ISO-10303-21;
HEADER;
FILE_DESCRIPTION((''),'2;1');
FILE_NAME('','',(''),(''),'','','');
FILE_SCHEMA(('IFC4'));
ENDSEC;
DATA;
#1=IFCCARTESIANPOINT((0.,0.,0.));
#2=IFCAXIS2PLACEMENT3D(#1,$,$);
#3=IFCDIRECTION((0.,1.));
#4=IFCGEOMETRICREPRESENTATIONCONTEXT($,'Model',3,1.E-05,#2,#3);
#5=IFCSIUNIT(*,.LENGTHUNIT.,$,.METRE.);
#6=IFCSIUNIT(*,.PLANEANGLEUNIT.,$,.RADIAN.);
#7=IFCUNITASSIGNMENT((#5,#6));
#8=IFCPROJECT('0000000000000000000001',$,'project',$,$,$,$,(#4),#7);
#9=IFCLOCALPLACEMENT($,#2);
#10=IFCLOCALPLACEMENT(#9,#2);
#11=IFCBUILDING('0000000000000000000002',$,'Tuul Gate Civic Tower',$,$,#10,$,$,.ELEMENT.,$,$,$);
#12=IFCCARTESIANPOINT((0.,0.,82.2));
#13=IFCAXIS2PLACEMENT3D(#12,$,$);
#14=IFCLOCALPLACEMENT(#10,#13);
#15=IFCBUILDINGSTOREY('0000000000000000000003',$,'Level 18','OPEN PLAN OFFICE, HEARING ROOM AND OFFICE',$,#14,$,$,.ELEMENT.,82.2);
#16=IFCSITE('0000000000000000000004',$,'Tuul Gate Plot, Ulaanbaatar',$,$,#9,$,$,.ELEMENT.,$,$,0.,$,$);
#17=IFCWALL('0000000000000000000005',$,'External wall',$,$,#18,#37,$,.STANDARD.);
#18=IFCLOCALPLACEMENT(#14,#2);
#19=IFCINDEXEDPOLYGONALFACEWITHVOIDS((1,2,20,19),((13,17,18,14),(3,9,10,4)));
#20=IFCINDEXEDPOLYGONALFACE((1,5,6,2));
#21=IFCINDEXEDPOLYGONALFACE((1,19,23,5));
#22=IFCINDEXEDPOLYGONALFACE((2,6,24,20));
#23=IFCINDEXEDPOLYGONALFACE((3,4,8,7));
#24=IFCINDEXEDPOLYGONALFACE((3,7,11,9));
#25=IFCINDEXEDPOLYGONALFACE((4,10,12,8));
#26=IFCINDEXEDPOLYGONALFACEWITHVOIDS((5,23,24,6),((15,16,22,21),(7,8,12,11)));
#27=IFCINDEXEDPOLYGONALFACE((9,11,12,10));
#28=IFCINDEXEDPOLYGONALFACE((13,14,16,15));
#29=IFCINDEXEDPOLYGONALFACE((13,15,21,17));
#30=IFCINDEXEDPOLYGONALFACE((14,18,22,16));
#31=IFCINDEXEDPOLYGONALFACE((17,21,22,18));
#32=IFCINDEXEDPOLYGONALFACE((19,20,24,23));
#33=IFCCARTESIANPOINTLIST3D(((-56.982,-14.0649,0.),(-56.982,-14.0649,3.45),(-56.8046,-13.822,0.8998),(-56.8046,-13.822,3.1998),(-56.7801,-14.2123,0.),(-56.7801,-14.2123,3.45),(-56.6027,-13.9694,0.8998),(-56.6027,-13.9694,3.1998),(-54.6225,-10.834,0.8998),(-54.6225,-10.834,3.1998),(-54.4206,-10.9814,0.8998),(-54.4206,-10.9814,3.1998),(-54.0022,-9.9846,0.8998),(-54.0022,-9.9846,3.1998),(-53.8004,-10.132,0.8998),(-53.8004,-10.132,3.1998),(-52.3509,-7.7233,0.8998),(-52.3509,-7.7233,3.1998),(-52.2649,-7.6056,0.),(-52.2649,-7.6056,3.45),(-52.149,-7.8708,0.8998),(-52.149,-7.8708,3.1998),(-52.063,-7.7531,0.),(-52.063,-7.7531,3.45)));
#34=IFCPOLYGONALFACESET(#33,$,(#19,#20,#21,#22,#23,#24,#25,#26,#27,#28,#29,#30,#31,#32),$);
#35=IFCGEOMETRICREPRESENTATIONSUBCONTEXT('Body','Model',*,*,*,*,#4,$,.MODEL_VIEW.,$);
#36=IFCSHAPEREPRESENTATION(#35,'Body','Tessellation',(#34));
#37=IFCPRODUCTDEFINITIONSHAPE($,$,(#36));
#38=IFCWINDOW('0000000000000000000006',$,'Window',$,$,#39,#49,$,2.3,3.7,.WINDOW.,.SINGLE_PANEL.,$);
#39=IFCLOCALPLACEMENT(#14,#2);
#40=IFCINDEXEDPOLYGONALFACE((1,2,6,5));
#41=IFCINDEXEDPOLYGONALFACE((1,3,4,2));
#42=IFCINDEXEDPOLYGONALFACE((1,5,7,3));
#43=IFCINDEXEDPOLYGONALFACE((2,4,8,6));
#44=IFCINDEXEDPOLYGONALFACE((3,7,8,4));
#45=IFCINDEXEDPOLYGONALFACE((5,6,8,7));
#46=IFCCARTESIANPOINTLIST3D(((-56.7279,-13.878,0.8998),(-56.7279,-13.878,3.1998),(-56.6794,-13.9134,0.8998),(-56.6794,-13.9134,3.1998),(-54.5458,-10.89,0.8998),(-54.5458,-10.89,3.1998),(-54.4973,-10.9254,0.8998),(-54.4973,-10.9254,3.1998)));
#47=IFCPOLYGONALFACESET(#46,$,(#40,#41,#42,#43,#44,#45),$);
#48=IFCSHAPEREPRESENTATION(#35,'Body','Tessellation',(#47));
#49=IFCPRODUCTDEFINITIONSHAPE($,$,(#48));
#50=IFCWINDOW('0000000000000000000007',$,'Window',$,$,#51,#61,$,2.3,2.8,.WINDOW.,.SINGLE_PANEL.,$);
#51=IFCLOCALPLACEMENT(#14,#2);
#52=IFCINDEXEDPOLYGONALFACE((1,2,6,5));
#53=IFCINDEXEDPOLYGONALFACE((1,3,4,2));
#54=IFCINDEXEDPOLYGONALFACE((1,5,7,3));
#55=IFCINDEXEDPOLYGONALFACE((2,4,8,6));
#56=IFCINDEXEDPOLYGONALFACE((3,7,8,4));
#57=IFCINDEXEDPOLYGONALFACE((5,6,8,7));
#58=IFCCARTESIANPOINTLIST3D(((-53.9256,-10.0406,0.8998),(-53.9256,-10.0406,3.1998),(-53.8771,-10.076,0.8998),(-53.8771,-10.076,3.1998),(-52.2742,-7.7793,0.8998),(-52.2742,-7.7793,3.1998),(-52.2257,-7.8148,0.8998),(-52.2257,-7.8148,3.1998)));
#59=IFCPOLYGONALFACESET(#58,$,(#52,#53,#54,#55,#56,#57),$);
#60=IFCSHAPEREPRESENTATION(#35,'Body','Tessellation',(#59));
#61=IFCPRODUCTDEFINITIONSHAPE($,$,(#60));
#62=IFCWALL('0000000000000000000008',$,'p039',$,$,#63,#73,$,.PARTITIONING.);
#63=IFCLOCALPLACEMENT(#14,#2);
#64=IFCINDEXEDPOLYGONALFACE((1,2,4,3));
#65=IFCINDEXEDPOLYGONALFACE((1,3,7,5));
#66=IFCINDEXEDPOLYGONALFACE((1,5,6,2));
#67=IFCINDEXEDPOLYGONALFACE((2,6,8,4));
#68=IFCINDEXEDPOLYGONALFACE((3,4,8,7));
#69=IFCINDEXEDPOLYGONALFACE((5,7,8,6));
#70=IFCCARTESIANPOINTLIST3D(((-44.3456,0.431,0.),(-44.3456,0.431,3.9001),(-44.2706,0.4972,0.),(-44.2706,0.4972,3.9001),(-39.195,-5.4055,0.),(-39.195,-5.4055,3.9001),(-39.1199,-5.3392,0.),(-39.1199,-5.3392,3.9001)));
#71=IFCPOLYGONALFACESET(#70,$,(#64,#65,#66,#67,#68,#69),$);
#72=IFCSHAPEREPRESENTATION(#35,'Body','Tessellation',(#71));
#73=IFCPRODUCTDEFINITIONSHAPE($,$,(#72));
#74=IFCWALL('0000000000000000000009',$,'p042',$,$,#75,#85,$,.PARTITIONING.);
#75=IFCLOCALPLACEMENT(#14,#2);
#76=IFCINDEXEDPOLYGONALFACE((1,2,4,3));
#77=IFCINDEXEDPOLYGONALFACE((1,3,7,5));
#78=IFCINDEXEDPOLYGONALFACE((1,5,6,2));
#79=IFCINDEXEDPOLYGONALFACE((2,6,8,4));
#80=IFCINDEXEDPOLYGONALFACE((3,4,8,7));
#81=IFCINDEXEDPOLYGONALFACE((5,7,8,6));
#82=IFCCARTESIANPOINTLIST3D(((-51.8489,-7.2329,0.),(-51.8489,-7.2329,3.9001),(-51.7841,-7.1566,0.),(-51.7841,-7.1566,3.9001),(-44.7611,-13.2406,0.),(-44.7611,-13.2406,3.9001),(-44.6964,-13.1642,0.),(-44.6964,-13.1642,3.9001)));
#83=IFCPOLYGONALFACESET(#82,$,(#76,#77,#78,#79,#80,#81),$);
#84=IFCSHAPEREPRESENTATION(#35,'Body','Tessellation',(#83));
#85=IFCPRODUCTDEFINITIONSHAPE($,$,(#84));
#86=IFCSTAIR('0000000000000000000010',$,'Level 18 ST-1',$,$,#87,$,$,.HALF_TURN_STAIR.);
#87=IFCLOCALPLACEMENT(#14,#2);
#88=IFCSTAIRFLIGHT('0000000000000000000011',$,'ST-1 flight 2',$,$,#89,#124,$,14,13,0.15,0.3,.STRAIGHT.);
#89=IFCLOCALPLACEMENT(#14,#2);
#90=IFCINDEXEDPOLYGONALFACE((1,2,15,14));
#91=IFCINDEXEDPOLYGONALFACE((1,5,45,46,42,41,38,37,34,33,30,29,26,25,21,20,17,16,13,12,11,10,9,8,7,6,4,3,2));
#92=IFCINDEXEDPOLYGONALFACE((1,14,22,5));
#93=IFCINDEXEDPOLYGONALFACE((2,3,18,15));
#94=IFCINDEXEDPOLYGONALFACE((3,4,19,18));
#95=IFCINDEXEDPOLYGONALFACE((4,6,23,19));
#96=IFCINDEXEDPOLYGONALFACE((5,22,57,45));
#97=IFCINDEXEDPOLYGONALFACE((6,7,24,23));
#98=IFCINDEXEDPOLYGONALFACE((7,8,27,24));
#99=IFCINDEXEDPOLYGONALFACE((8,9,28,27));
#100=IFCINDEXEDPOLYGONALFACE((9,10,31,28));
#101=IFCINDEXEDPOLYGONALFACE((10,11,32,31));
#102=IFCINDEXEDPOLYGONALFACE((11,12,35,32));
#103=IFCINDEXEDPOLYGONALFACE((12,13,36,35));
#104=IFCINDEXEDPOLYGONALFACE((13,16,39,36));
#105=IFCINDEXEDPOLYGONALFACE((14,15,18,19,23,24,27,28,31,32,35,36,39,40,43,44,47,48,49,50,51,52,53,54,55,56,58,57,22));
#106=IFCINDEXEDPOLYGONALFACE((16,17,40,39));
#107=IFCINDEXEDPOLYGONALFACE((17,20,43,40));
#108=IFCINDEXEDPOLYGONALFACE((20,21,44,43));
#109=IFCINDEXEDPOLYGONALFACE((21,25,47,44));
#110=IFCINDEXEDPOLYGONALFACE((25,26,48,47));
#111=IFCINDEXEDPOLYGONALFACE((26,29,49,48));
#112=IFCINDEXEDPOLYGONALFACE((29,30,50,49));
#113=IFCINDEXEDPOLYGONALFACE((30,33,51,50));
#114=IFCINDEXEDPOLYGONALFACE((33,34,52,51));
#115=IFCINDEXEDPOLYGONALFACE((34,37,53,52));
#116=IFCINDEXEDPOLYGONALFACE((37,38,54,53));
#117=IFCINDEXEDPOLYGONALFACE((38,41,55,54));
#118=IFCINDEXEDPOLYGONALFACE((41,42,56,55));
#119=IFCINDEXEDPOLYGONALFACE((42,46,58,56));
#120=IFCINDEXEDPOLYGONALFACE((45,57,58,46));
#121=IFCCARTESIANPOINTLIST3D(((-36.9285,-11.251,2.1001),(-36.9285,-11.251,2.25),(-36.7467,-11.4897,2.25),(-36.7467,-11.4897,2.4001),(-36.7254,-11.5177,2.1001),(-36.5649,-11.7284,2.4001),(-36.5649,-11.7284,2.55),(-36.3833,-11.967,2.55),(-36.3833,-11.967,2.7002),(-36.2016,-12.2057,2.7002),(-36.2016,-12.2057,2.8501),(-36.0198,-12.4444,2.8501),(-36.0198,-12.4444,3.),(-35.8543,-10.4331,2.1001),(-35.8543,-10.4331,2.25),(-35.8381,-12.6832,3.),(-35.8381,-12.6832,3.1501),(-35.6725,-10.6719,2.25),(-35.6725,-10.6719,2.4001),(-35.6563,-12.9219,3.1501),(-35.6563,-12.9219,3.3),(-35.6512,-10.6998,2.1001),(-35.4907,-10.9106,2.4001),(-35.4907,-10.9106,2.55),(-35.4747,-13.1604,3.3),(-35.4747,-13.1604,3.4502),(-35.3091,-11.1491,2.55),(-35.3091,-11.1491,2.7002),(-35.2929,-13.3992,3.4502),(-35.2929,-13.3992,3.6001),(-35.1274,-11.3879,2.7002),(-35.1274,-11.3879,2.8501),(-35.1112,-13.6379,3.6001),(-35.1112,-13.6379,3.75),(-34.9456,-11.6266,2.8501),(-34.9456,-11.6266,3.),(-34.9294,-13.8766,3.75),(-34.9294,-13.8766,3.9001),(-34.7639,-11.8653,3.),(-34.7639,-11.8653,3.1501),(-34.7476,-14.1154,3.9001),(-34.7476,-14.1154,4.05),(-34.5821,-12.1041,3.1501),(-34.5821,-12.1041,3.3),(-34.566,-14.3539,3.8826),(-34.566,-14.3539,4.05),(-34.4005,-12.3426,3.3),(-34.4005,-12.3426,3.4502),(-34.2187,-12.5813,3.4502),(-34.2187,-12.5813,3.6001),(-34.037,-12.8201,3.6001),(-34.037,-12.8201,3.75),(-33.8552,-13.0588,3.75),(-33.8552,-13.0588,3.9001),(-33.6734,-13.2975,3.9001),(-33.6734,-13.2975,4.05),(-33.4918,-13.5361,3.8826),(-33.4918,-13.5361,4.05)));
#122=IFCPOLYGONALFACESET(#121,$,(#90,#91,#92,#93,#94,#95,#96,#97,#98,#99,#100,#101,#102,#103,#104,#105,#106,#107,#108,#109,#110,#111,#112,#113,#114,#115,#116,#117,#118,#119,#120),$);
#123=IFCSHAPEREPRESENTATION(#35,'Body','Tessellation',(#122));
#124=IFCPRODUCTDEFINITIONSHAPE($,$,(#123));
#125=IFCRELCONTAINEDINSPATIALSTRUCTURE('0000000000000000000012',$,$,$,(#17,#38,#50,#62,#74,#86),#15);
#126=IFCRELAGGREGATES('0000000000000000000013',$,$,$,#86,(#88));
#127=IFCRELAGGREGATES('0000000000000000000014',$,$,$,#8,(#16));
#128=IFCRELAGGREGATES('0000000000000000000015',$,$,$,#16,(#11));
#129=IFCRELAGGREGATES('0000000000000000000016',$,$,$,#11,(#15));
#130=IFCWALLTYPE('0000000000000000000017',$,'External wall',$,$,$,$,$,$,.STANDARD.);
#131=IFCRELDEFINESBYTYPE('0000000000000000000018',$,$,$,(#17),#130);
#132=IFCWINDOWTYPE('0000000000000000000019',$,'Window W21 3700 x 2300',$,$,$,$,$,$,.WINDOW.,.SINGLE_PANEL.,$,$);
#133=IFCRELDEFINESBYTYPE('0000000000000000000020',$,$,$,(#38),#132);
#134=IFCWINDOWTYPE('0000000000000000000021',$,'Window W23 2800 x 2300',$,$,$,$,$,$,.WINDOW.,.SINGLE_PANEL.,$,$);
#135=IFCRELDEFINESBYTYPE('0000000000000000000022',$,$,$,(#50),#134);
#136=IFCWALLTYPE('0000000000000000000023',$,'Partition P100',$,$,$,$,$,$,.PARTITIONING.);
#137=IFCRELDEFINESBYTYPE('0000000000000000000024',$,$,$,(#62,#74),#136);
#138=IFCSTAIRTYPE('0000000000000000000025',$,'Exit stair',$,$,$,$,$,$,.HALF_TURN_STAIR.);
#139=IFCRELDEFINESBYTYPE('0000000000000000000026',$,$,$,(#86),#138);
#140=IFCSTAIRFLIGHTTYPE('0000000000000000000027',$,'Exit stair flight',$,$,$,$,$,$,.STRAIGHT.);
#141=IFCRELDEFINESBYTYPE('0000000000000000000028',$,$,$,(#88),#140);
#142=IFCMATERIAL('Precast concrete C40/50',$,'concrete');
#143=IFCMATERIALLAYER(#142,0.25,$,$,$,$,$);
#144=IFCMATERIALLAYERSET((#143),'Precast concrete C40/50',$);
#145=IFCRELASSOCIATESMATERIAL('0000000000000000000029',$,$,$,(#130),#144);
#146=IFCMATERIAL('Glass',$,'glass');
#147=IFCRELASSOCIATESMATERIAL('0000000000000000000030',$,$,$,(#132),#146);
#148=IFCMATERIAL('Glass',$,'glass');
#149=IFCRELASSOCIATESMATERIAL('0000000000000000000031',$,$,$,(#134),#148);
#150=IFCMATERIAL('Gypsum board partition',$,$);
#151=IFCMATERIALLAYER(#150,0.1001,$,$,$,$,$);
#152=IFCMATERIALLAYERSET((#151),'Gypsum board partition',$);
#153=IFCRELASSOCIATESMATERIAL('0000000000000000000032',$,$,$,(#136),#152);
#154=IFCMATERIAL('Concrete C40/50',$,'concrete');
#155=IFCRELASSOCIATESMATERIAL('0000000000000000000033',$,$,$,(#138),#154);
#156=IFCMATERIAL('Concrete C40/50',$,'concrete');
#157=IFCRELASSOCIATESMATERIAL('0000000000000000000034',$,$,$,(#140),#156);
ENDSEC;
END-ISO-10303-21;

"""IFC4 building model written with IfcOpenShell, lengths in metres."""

from ifc_helpers import new_model, si_unit, direction, frame, frame_2d, origin, place, context, subcontext, project, spatial, polyline, rectangle, outline, extrude, material, layer, layer_set, type_object, element, fill, aggregate, save


model = new_model("IFC4")

# Units and contexts
model_context = context("Model", 3, precision=1e-05, world=origin(), true_north=direction((0.0, 1.0)))
body_context = subcontext(model_context, "Body", "Model", "MODEL_VIEW")
ifc_project = project(units=[si_unit("LENGTHUNIT", "METRE"), si_unit("PLANEANGLEUNIT", "RADIAN")], contexts=[model_context])

# Site, building, storey
site_placement = place(None, origin())
site = spatial("IfcSite", under=ifc_project, at=site_placement, Name="Tuul Gate Plot, Ulaanbaatar", CompositionType="ELEMENT", RefElevation=0.0)
building_placement = place(site_placement, origin())
building = spatial("IfcBuilding", under=site, at=building_placement, Name="Tuul Gate Civic Tower", CompositionType="ELEMENT")
storey_placement = place(building_placement, frame((0.0, 0.0, 82.2)))
storey = spatial("IfcBuildingStorey", under=building, at=storey_placement, Name="Level 18", Description="OPEN PLAN OFFICE, HEARING ROOM AND OFFICE", CompositionType="ELEMENT", Elevation=82.2)

# Wall, openings, windows
ifc_material_1 = material(Name="Precast concrete C40/50", Category="concrete")
ifc_layer_1 = layer(ifc_material_1, 0.25)
ifc_layer_set_1 = layer_set([ifc_layer_1], Name="Precast concrete C40/50")
wall_type_1 = type_object("IfcWallType", Name="External wall", PredefinedType="STANDARD", material=ifc_layer_set_1)
wall_1_placement = place(storey_placement, frame((-52.1641, -7.6794, 0.0), z_axis=(0.0, 0.0, 1.0), x_axis=(-0.589759, -0.80758, 0.0)))
wall_1 = element("IfcWall", 1, at=wall_1_placement, inside=storey, type_object=wall_type_1, Name="External wall", PredefinedType="STANDARD", context=body_context, shape_type="SweptSolid", body=[
    extrude(rectangle(XDim=7.9983, YDim=0.25, at=frame_2d((3.999, 0.0))), origin(), (0.0, 0.0, 1.0), 3.45),
])
opening_1_placement = place(wall_1_placement, frame((0.1458, 0.0, 0.8999)))
opening_1 = element("IfcOpeningElement", 2, at=opening_1_placement, cuts=wall_1, PredefinedType="OPENING", context=body_context, shape_type="SweptSolid", body=[
    extrude(rectangle(XDim=2.8, YDim=2.3, at=frame_2d((1.3999, 1.1499))), frame((0.0, 0.135, 0.0), z_axis=(0.0, -1.0, 0.0), x_axis=(1.0, 0.0, 0.0)), (0.0, 0.0, 1.0), 0.27),
])
opening_2_placement = place(wall_1_placement, frame((3.9973, 0.0, 0.8999)))
opening_2 = element("IfcOpeningElement", 3, at=opening_2_placement, cuts=wall_1, PredefinedType="OPENING", context=body_context, shape_type="SweptSolid", body=[
    extrude(rectangle(XDim=3.7, YDim=2.3, at=frame_2d((1.8501, 1.1499))), frame((0.0, 0.135, 0.0), z_axis=(0.0, -1.0, 0.0), x_axis=(1.0, 0.0, 0.0)), (0.0, 0.0, 1.0), 0.27),
])
ifc_material_2 = material(Name="Glass", Category="glass")
window_type_1 = type_object("IfcWindowType", Name="Window W21 3700 x 2300", PartitioningType="SINGLE_PANEL", PredefinedType="WINDOW", material=ifc_material_2)
window_1_placement = place(opening_2_placement, origin())
window_1 = element("IfcWindow", 4, at=window_1_placement, inside=storey, type_object=window_type_1, Name="Window", OverallHeight=2.3, OverallWidth=3.7, PartitioningType="SINGLE_PANEL", PredefinedType="WINDOW", context=body_context, shape_type="SweptSolid", body=[
    extrude(rectangle(XDim=3.7, YDim=2.3, at=frame_2d((1.8501, 1.1499))), frame((0.0, 0.03, 0.0), z_axis=(0.0, -1.0, 0.0), x_axis=(1.0, 0.0, 0.0)), (0.0, 0.0, 1.0), 0.0601),
])
fill(opening_2, window_1)
ifc_material_3 = material(Name="Glass", Category="glass")
window_type_2 = type_object("IfcWindowType", Name="Window W23 2800 x 2300", PartitioningType="SINGLE_PANEL", PredefinedType="WINDOW", material=ifc_material_3)
window_2_placement = place(opening_1_placement, origin())
window_2 = element("IfcWindow", 5, at=window_2_placement, inside=storey, type_object=window_type_2, Name="Window", OverallHeight=2.3, OverallWidth=2.8, PartitioningType="SINGLE_PANEL", PredefinedType="WINDOW", context=body_context, shape_type="SweptSolid", body=[
    extrude(rectangle(XDim=2.8, YDim=2.3, at=frame_2d((1.3999, 1.1499))), frame((0.0, 0.03, 0.0), z_axis=(0.0, -1.0, 0.0), x_axis=(1.0, 0.0, 0.0)), (0.0, 0.0, 1.0), 0.0601),
])
fill(opening_1, window_2)

# Walls
ifc_material_4 = material(Name="Gypsum board partition")
ifc_layer_2 = layer(ifc_material_4, 0.1001)
ifc_layer_set_2 = layer_set([ifc_layer_2], Name="Gypsum board partition")
wall_type_2 = type_object("IfcWallType", Name="Partition P100", PredefinedType="PARTITIONING", material=ifc_layer_set_2)
wall_2_placement = place(storey_placement, frame((-44.3081, 0.4641, 0.0), z_axis=(0.0, 0.0, 1.0), x_axis=(0.661683, -0.749784, 0.0)))
element("IfcWall", 6, at=wall_2_placement, inside=storey, type_object=wall_type_2, Name="p039", PredefinedType="PARTITIONING", context=body_context, shape_type="SweptSolid", body=[
    extrude(rectangle(XDim=7.7842, YDim=0.1001, at=frame_2d((3.8921, 0.0))), origin(), (0.0, 0.0, 1.0), 3.9001),
])
wall_3_placement = place(storey_placement, frame((-51.8164, -7.1948, 0.0), z_axis=(0.0, 0.0, 1.0), x_axis=(0.762838, -0.64659, 0.0)))
element("IfcWall", 7, at=wall_3_placement, inside=storey, type_object=wall_type_2, Name="p042", PredefinedType="PARTITIONING", context=body_context, shape_type="SweptSolid", body=[
    extrude(rectangle(XDim=9.2913, YDim=0.1001, at=frame_2d((4.6455, 0.0))), origin(), (0.0, 0.0, 1.0), 3.9001),
])

# Stair, stair flight
ifc_material_5 = material(Name="Concrete C40/50", Category="concrete")
stair_type = type_object("IfcStairType", Name="Exit stair", PredefinedType="HALF_TURN_STAIR", material=ifc_material_5)
stair_placement = place(storey_placement, origin())
stair = element("IfcStair", 8, at=stair_placement, inside=storey, type_object=stair_type, Name="Level 18 ST-1", PredefinedType="HALF_TURN_STAIR")
ifc_material_6 = material(Name="Concrete C40/50", Category="concrete")
stair_flight_type = type_object("IfcStairFlightType", Name="Exit stair flight", PredefinedType="STRAIGHT", material=ifc_material_6)
stair_flight_placement = place(storey_placement, frame((-36.3914, -10.842, 2.1001), z_axis=(0.0, 0.0, 1.0), x_axis=(0.605764, -0.795644, 0.0)))
stair_flight = element("IfcStairFlight", 9, at=stair_flight_placement, type_object=stair_flight_type, Name="ST-1 flight 2", NumberOfRisers=14, NumberOfTreads=13, PredefinedType="STRAIGHT", RiserHeight=0.15, TreadLength=0.3, context=body_context, shape_type="SweptSolid", body=[
    extrude(outline(polyline([(0.0, 0.0), (0.0, 0.1499), (0.3, 0.1499), (0.3, 0.3), (0.6001, 0.3), (0.6001, 0.45), (0.8999, 0.45), (0.8999, 0.6001), (1.2, 0.6001), (1.2, 0.75), (1.5, 0.75), (1.5, 0.8999), (1.8, 0.8999), (1.8, 1.05), (2.1001, 1.05), (2.1001, 1.2), (2.3999, 1.2), (2.3999, 1.3501), (2.7, 1.3501), (2.7, 1.5), (3.0, 1.5), (3.0, 1.6499), (3.3, 1.6499), (3.3, 1.8), (3.6001, 1.8), (3.6001, 1.95), (3.8999, 1.95), (3.8999, 2.1001), (3.8999, 1.7825), (0.3352, 0.0), (0.0, 0.0)])), frame((0.0, 0.675, 0.0), z_axis=(0.0, -1.0, 0.0), x_axis=(1.0, 0.0, 0.0)), (0.0, 0.0, 1.0), 1.3501),
])
aggregate(stair, [stair_flight])

save(model, "model.ifc")
